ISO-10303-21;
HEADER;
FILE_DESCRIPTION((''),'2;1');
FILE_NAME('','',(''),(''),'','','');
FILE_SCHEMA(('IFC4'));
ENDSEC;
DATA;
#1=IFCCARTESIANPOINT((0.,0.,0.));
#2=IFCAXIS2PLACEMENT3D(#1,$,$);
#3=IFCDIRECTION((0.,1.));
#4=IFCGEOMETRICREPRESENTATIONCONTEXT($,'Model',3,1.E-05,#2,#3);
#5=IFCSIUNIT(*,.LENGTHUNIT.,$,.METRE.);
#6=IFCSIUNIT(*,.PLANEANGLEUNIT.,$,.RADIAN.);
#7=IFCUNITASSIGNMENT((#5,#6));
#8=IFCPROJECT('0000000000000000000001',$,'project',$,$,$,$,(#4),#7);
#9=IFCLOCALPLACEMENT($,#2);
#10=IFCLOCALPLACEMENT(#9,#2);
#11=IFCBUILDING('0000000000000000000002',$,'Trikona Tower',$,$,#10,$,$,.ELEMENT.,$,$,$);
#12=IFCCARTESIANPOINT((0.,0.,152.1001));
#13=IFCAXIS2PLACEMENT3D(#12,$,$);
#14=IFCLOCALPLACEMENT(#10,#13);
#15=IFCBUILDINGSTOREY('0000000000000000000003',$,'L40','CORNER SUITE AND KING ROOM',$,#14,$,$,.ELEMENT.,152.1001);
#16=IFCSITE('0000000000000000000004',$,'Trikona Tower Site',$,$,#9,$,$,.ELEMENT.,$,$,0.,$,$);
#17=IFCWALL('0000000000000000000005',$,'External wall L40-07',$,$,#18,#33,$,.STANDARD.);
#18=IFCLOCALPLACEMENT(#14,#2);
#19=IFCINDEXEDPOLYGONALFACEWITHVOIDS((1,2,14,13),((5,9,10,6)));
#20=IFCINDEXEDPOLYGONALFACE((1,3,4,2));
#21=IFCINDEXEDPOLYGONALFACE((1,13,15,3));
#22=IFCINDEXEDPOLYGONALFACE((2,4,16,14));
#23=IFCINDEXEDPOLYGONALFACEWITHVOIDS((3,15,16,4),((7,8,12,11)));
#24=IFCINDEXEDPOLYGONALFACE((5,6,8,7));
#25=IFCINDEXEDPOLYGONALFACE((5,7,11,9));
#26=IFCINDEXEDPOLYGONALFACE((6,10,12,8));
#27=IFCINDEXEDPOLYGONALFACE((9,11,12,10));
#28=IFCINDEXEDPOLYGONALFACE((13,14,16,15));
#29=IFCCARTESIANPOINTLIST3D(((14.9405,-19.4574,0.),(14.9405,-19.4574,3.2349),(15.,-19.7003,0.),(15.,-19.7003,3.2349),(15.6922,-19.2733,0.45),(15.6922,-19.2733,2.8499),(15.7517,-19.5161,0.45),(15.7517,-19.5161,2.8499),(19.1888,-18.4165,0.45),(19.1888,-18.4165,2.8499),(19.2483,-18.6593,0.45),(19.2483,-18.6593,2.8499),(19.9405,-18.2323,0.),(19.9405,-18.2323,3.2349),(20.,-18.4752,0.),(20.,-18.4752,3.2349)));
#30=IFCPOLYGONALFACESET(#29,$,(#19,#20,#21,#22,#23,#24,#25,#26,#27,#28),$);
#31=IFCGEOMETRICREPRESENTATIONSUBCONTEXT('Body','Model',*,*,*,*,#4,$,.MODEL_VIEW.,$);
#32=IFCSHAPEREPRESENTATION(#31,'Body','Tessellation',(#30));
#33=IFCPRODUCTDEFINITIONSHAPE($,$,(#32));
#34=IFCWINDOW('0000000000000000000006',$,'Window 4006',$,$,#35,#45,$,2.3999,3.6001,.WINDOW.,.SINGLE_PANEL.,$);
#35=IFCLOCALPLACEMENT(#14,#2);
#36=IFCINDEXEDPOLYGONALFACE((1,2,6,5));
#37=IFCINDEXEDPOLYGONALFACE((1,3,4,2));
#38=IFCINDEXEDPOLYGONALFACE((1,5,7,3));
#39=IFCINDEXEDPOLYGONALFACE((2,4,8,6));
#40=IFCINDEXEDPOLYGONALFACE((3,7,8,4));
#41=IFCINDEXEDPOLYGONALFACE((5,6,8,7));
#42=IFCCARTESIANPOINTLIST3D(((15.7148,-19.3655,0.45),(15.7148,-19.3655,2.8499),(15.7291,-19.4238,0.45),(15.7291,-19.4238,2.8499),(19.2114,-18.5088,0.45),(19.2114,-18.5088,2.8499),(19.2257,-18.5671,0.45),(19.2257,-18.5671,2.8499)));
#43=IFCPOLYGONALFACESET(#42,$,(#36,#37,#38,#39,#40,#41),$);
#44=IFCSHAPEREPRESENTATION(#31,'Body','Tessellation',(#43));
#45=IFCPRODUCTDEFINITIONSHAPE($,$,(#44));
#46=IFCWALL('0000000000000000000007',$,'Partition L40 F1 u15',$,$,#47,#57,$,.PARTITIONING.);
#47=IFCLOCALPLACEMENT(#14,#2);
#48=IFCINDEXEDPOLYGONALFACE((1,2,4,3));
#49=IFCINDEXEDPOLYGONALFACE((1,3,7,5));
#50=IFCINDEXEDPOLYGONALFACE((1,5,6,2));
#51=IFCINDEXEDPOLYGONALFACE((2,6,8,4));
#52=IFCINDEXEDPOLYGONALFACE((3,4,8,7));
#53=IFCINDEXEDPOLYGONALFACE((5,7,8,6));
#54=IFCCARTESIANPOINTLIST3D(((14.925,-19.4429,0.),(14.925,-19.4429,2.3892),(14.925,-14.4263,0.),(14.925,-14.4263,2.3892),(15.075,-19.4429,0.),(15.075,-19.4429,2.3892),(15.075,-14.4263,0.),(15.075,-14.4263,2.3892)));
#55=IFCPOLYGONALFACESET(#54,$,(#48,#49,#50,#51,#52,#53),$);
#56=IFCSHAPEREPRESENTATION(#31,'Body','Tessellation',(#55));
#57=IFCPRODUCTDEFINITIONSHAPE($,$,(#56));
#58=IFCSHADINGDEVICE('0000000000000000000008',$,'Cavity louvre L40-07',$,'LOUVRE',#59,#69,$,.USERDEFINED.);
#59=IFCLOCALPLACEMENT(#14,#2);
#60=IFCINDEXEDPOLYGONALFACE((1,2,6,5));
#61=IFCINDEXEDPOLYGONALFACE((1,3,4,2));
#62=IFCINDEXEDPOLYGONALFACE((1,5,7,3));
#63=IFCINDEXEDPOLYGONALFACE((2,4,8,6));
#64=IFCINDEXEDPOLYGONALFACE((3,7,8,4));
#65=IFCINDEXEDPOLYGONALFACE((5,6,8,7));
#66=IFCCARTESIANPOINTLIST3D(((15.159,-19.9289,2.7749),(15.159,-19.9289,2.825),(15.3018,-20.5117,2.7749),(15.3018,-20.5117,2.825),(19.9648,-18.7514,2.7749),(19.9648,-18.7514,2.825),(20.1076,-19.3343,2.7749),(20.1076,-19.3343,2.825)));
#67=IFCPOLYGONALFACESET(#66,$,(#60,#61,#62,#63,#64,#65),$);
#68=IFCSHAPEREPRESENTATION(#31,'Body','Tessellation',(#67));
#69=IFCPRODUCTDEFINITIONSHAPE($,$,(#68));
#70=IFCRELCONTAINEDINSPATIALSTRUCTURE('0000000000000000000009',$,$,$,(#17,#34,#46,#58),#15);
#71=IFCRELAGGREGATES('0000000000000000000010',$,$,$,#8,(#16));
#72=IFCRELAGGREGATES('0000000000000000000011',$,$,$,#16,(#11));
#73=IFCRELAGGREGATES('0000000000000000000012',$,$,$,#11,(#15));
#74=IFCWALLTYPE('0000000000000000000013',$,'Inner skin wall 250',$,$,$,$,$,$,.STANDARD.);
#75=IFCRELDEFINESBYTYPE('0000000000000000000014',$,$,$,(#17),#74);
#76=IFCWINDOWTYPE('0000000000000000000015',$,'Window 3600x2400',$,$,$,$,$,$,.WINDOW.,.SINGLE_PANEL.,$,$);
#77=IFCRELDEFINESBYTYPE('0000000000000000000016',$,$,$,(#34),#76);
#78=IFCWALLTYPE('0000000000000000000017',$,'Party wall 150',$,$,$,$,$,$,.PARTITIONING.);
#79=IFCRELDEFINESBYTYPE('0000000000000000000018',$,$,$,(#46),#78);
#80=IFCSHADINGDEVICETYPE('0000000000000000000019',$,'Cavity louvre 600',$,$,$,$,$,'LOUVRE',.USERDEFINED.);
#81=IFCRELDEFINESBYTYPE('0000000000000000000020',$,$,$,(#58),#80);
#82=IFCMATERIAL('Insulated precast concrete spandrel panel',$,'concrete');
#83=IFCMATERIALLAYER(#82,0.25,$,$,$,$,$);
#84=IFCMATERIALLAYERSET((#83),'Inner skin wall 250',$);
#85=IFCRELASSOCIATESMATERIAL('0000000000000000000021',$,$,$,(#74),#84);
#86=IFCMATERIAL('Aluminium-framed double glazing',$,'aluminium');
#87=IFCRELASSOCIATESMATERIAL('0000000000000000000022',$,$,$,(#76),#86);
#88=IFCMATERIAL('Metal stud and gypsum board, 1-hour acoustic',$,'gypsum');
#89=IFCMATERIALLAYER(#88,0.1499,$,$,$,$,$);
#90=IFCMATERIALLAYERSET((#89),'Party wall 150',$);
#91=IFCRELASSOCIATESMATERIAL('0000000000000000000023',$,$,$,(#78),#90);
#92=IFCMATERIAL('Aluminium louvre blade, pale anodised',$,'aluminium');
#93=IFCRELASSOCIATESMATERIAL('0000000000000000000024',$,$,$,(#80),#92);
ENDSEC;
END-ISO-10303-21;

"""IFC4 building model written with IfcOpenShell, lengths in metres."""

from ifc_helpers import new_model, si_unit, direction, frame, frame_2d, origin, origin_2d, place, context, subcontext, project, spatial, rectangle, extrude, material, layer, layer_set, type_object, element, fill, save


model = new_model("IFC4")

# Units and contexts
model_context = context("Model", 3, precision=1e-05, world=origin(), true_north=direction((0.0, 1.0)))
body_context = subcontext(model_context, "Body", "Model", "MODEL_VIEW")
ifc_project = project(units=[si_unit("LENGTHUNIT", "METRE"), si_unit("PLANEANGLEUNIT", "RADIAN")], contexts=[model_context])

# Site, building, storey
site_placement = place(None, origin())
site = spatial("IfcSite", under=ifc_project, at=site_placement, Name="Trikona Tower Site", CompositionType="ELEMENT", RefElevation=0.0)
building_placement = place(site_placement, origin())
building = spatial("IfcBuilding", under=site, at=building_placement, Name="Trikona Tower", CompositionType="ELEMENT")
storey_placement = place(building_placement, frame((0.0, 0.0, 152.1001)))
storey = spatial("IfcBuildingStorey", under=building, at=storey_placement, Name="L40", Description="CORNER SUITE AND KING ROOM", CompositionType="ELEMENT", Elevation=152.1001)

# Wall, opening, window
ifc_material_1 = material(Name="Insulated precast concrete spandrel panel", Category="concrete")
ifc_layer_1 = layer(ifc_material_1, 0.25)
ifc_layer_set_1 = layer_set([ifc_layer_1], Name="Inner skin wall 250")
wall_type_1 = type_object("IfcWallType", Name="Inner skin wall 250", PredefinedType="STANDARD", material=ifc_layer_set_1)
wall_1_placement = place(storey_placement, frame((14.9702, -19.5789, 0.0), z_axis=(0.0, 0.0, 1.0), x_axis=(0.97127, 0.23798, 0.0)))
wall_1 = element("IfcWall", 1, at=wall_1_placement, inside=storey, type_object=wall_type_1, Name="External wall L40-07", PredefinedType="STANDARD", context=body_context, shape_type="SweptSolid", body=[
    extrude(rectangle(XDim=5.1479, YDim=0.25, at=frame_2d((2.574, 0.0))), origin(), (0.0, 0.0, 1.0), 3.2349),
])
opening_placement = place(wall_1_placement, frame((0.7739, 0.0, 0.45)))
opening = element("IfcOpeningElement", 2, at=opening_placement, cuts=wall_1, PredefinedType="OPENING", context=body_context, shape_type="SweptSolid", body=[
    extrude(rectangle(XDim=3.6001, YDim=2.3999, at=frame_2d((1.8, 1.2))), frame((0.0, 0.135, 0.0), z_axis=(0.0, -1.0, 0.0), x_axis=(1.0, 0.0, 0.0)), (0.0, 0.0, 1.0), 0.27),
])
ifc_material_2 = material(Name="Aluminium-framed double glazing", Category="aluminium")
window_type = type_object("IfcWindowType", Name="Window 3600x2400", PartitioningType="SINGLE_PANEL", PredefinedType="WINDOW", material=ifc_material_2)
window_placement = place(opening_placement, origin())
window = element("IfcWindow", 3, at=window_placement, inside=storey, type_object=window_type, Name="Window 4006", OverallHeight=2.3999, OverallWidth=3.6001, PartitioningType="SINGLE_PANEL", PredefinedType="WINDOW", context=body_context, shape_type="SweptSolid", body=[
    extrude(rectangle(XDim=3.6001, YDim=2.3999, at=frame_2d((1.8, 1.2))), frame((0.0, 0.03, 0.0), z_axis=(0.0, -1.0, 0.0), x_axis=(1.0, 0.0, 0.0)), (0.0, 0.0, 1.0), 0.0601),
])
fill(opening, window)

# Wall
ifc_material_3 = material(Name="Metal stud and gypsum board, 1-hour acoustic", Category="gypsum")
ifc_layer_2 = layer(ifc_material_3, 0.1499)
ifc_layer_set_2 = layer_set([ifc_layer_2], Name="Party wall 150")
wall_type_2 = type_object("IfcWallType", Name="Party wall 150", PredefinedType="PARTITIONING", material=ifc_layer_set_2)
wall_2_placement = place(storey_placement, frame((15.0, -14.4263, 0.0), z_axis=(0.0, 0.0, 1.0), x_axis=(0.0, -1.0, 0.0)))
element("IfcWall", 4, at=wall_2_placement, inside=storey, type_object=wall_type_2, Name="Partition L40 F1 u15", PredefinedType="PARTITIONING", context=body_context, shape_type="SweptSolid", body=[
    extrude(rectangle(XDim=5.0166, YDim=0.1499, at=frame_2d((2.5083, 0.0))), origin(), (0.0, 0.0, 1.0), 2.3892),
])

# Shading device
ifc_material_4 = material(Name="Aluminium louvre blade, pale anodised", Category="aluminium")
shading_device_type = type_object("IfcShadingDeviceType", Name="Cavity louvre 600", ElementType="LOUVRE", PredefinedType="USERDEFINED", material=ifc_material_4)
shading_device_placement = place(storey_placement, frame((17.6333, -19.6316, 2.7749), z_axis=(0.0, 0.0, 1.0), x_axis=(0.971274, 0.237962, 0.0)))
element("IfcShadingDevice", 5, at=shading_device_placement, inside=storey, type_object=shading_device_type, Name="Cavity louvre L40-07", ObjectType="LOUVRE", PredefinedType="USERDEFINED", context=body_context, shape_type="SweptSolid", body=[
    extrude(rectangle(XDim=4.948, YDim=0.6001, at=origin_2d()), origin(), (0.0, 0.0, 1.0), 0.05),
])

save(model, "model.ifc")
